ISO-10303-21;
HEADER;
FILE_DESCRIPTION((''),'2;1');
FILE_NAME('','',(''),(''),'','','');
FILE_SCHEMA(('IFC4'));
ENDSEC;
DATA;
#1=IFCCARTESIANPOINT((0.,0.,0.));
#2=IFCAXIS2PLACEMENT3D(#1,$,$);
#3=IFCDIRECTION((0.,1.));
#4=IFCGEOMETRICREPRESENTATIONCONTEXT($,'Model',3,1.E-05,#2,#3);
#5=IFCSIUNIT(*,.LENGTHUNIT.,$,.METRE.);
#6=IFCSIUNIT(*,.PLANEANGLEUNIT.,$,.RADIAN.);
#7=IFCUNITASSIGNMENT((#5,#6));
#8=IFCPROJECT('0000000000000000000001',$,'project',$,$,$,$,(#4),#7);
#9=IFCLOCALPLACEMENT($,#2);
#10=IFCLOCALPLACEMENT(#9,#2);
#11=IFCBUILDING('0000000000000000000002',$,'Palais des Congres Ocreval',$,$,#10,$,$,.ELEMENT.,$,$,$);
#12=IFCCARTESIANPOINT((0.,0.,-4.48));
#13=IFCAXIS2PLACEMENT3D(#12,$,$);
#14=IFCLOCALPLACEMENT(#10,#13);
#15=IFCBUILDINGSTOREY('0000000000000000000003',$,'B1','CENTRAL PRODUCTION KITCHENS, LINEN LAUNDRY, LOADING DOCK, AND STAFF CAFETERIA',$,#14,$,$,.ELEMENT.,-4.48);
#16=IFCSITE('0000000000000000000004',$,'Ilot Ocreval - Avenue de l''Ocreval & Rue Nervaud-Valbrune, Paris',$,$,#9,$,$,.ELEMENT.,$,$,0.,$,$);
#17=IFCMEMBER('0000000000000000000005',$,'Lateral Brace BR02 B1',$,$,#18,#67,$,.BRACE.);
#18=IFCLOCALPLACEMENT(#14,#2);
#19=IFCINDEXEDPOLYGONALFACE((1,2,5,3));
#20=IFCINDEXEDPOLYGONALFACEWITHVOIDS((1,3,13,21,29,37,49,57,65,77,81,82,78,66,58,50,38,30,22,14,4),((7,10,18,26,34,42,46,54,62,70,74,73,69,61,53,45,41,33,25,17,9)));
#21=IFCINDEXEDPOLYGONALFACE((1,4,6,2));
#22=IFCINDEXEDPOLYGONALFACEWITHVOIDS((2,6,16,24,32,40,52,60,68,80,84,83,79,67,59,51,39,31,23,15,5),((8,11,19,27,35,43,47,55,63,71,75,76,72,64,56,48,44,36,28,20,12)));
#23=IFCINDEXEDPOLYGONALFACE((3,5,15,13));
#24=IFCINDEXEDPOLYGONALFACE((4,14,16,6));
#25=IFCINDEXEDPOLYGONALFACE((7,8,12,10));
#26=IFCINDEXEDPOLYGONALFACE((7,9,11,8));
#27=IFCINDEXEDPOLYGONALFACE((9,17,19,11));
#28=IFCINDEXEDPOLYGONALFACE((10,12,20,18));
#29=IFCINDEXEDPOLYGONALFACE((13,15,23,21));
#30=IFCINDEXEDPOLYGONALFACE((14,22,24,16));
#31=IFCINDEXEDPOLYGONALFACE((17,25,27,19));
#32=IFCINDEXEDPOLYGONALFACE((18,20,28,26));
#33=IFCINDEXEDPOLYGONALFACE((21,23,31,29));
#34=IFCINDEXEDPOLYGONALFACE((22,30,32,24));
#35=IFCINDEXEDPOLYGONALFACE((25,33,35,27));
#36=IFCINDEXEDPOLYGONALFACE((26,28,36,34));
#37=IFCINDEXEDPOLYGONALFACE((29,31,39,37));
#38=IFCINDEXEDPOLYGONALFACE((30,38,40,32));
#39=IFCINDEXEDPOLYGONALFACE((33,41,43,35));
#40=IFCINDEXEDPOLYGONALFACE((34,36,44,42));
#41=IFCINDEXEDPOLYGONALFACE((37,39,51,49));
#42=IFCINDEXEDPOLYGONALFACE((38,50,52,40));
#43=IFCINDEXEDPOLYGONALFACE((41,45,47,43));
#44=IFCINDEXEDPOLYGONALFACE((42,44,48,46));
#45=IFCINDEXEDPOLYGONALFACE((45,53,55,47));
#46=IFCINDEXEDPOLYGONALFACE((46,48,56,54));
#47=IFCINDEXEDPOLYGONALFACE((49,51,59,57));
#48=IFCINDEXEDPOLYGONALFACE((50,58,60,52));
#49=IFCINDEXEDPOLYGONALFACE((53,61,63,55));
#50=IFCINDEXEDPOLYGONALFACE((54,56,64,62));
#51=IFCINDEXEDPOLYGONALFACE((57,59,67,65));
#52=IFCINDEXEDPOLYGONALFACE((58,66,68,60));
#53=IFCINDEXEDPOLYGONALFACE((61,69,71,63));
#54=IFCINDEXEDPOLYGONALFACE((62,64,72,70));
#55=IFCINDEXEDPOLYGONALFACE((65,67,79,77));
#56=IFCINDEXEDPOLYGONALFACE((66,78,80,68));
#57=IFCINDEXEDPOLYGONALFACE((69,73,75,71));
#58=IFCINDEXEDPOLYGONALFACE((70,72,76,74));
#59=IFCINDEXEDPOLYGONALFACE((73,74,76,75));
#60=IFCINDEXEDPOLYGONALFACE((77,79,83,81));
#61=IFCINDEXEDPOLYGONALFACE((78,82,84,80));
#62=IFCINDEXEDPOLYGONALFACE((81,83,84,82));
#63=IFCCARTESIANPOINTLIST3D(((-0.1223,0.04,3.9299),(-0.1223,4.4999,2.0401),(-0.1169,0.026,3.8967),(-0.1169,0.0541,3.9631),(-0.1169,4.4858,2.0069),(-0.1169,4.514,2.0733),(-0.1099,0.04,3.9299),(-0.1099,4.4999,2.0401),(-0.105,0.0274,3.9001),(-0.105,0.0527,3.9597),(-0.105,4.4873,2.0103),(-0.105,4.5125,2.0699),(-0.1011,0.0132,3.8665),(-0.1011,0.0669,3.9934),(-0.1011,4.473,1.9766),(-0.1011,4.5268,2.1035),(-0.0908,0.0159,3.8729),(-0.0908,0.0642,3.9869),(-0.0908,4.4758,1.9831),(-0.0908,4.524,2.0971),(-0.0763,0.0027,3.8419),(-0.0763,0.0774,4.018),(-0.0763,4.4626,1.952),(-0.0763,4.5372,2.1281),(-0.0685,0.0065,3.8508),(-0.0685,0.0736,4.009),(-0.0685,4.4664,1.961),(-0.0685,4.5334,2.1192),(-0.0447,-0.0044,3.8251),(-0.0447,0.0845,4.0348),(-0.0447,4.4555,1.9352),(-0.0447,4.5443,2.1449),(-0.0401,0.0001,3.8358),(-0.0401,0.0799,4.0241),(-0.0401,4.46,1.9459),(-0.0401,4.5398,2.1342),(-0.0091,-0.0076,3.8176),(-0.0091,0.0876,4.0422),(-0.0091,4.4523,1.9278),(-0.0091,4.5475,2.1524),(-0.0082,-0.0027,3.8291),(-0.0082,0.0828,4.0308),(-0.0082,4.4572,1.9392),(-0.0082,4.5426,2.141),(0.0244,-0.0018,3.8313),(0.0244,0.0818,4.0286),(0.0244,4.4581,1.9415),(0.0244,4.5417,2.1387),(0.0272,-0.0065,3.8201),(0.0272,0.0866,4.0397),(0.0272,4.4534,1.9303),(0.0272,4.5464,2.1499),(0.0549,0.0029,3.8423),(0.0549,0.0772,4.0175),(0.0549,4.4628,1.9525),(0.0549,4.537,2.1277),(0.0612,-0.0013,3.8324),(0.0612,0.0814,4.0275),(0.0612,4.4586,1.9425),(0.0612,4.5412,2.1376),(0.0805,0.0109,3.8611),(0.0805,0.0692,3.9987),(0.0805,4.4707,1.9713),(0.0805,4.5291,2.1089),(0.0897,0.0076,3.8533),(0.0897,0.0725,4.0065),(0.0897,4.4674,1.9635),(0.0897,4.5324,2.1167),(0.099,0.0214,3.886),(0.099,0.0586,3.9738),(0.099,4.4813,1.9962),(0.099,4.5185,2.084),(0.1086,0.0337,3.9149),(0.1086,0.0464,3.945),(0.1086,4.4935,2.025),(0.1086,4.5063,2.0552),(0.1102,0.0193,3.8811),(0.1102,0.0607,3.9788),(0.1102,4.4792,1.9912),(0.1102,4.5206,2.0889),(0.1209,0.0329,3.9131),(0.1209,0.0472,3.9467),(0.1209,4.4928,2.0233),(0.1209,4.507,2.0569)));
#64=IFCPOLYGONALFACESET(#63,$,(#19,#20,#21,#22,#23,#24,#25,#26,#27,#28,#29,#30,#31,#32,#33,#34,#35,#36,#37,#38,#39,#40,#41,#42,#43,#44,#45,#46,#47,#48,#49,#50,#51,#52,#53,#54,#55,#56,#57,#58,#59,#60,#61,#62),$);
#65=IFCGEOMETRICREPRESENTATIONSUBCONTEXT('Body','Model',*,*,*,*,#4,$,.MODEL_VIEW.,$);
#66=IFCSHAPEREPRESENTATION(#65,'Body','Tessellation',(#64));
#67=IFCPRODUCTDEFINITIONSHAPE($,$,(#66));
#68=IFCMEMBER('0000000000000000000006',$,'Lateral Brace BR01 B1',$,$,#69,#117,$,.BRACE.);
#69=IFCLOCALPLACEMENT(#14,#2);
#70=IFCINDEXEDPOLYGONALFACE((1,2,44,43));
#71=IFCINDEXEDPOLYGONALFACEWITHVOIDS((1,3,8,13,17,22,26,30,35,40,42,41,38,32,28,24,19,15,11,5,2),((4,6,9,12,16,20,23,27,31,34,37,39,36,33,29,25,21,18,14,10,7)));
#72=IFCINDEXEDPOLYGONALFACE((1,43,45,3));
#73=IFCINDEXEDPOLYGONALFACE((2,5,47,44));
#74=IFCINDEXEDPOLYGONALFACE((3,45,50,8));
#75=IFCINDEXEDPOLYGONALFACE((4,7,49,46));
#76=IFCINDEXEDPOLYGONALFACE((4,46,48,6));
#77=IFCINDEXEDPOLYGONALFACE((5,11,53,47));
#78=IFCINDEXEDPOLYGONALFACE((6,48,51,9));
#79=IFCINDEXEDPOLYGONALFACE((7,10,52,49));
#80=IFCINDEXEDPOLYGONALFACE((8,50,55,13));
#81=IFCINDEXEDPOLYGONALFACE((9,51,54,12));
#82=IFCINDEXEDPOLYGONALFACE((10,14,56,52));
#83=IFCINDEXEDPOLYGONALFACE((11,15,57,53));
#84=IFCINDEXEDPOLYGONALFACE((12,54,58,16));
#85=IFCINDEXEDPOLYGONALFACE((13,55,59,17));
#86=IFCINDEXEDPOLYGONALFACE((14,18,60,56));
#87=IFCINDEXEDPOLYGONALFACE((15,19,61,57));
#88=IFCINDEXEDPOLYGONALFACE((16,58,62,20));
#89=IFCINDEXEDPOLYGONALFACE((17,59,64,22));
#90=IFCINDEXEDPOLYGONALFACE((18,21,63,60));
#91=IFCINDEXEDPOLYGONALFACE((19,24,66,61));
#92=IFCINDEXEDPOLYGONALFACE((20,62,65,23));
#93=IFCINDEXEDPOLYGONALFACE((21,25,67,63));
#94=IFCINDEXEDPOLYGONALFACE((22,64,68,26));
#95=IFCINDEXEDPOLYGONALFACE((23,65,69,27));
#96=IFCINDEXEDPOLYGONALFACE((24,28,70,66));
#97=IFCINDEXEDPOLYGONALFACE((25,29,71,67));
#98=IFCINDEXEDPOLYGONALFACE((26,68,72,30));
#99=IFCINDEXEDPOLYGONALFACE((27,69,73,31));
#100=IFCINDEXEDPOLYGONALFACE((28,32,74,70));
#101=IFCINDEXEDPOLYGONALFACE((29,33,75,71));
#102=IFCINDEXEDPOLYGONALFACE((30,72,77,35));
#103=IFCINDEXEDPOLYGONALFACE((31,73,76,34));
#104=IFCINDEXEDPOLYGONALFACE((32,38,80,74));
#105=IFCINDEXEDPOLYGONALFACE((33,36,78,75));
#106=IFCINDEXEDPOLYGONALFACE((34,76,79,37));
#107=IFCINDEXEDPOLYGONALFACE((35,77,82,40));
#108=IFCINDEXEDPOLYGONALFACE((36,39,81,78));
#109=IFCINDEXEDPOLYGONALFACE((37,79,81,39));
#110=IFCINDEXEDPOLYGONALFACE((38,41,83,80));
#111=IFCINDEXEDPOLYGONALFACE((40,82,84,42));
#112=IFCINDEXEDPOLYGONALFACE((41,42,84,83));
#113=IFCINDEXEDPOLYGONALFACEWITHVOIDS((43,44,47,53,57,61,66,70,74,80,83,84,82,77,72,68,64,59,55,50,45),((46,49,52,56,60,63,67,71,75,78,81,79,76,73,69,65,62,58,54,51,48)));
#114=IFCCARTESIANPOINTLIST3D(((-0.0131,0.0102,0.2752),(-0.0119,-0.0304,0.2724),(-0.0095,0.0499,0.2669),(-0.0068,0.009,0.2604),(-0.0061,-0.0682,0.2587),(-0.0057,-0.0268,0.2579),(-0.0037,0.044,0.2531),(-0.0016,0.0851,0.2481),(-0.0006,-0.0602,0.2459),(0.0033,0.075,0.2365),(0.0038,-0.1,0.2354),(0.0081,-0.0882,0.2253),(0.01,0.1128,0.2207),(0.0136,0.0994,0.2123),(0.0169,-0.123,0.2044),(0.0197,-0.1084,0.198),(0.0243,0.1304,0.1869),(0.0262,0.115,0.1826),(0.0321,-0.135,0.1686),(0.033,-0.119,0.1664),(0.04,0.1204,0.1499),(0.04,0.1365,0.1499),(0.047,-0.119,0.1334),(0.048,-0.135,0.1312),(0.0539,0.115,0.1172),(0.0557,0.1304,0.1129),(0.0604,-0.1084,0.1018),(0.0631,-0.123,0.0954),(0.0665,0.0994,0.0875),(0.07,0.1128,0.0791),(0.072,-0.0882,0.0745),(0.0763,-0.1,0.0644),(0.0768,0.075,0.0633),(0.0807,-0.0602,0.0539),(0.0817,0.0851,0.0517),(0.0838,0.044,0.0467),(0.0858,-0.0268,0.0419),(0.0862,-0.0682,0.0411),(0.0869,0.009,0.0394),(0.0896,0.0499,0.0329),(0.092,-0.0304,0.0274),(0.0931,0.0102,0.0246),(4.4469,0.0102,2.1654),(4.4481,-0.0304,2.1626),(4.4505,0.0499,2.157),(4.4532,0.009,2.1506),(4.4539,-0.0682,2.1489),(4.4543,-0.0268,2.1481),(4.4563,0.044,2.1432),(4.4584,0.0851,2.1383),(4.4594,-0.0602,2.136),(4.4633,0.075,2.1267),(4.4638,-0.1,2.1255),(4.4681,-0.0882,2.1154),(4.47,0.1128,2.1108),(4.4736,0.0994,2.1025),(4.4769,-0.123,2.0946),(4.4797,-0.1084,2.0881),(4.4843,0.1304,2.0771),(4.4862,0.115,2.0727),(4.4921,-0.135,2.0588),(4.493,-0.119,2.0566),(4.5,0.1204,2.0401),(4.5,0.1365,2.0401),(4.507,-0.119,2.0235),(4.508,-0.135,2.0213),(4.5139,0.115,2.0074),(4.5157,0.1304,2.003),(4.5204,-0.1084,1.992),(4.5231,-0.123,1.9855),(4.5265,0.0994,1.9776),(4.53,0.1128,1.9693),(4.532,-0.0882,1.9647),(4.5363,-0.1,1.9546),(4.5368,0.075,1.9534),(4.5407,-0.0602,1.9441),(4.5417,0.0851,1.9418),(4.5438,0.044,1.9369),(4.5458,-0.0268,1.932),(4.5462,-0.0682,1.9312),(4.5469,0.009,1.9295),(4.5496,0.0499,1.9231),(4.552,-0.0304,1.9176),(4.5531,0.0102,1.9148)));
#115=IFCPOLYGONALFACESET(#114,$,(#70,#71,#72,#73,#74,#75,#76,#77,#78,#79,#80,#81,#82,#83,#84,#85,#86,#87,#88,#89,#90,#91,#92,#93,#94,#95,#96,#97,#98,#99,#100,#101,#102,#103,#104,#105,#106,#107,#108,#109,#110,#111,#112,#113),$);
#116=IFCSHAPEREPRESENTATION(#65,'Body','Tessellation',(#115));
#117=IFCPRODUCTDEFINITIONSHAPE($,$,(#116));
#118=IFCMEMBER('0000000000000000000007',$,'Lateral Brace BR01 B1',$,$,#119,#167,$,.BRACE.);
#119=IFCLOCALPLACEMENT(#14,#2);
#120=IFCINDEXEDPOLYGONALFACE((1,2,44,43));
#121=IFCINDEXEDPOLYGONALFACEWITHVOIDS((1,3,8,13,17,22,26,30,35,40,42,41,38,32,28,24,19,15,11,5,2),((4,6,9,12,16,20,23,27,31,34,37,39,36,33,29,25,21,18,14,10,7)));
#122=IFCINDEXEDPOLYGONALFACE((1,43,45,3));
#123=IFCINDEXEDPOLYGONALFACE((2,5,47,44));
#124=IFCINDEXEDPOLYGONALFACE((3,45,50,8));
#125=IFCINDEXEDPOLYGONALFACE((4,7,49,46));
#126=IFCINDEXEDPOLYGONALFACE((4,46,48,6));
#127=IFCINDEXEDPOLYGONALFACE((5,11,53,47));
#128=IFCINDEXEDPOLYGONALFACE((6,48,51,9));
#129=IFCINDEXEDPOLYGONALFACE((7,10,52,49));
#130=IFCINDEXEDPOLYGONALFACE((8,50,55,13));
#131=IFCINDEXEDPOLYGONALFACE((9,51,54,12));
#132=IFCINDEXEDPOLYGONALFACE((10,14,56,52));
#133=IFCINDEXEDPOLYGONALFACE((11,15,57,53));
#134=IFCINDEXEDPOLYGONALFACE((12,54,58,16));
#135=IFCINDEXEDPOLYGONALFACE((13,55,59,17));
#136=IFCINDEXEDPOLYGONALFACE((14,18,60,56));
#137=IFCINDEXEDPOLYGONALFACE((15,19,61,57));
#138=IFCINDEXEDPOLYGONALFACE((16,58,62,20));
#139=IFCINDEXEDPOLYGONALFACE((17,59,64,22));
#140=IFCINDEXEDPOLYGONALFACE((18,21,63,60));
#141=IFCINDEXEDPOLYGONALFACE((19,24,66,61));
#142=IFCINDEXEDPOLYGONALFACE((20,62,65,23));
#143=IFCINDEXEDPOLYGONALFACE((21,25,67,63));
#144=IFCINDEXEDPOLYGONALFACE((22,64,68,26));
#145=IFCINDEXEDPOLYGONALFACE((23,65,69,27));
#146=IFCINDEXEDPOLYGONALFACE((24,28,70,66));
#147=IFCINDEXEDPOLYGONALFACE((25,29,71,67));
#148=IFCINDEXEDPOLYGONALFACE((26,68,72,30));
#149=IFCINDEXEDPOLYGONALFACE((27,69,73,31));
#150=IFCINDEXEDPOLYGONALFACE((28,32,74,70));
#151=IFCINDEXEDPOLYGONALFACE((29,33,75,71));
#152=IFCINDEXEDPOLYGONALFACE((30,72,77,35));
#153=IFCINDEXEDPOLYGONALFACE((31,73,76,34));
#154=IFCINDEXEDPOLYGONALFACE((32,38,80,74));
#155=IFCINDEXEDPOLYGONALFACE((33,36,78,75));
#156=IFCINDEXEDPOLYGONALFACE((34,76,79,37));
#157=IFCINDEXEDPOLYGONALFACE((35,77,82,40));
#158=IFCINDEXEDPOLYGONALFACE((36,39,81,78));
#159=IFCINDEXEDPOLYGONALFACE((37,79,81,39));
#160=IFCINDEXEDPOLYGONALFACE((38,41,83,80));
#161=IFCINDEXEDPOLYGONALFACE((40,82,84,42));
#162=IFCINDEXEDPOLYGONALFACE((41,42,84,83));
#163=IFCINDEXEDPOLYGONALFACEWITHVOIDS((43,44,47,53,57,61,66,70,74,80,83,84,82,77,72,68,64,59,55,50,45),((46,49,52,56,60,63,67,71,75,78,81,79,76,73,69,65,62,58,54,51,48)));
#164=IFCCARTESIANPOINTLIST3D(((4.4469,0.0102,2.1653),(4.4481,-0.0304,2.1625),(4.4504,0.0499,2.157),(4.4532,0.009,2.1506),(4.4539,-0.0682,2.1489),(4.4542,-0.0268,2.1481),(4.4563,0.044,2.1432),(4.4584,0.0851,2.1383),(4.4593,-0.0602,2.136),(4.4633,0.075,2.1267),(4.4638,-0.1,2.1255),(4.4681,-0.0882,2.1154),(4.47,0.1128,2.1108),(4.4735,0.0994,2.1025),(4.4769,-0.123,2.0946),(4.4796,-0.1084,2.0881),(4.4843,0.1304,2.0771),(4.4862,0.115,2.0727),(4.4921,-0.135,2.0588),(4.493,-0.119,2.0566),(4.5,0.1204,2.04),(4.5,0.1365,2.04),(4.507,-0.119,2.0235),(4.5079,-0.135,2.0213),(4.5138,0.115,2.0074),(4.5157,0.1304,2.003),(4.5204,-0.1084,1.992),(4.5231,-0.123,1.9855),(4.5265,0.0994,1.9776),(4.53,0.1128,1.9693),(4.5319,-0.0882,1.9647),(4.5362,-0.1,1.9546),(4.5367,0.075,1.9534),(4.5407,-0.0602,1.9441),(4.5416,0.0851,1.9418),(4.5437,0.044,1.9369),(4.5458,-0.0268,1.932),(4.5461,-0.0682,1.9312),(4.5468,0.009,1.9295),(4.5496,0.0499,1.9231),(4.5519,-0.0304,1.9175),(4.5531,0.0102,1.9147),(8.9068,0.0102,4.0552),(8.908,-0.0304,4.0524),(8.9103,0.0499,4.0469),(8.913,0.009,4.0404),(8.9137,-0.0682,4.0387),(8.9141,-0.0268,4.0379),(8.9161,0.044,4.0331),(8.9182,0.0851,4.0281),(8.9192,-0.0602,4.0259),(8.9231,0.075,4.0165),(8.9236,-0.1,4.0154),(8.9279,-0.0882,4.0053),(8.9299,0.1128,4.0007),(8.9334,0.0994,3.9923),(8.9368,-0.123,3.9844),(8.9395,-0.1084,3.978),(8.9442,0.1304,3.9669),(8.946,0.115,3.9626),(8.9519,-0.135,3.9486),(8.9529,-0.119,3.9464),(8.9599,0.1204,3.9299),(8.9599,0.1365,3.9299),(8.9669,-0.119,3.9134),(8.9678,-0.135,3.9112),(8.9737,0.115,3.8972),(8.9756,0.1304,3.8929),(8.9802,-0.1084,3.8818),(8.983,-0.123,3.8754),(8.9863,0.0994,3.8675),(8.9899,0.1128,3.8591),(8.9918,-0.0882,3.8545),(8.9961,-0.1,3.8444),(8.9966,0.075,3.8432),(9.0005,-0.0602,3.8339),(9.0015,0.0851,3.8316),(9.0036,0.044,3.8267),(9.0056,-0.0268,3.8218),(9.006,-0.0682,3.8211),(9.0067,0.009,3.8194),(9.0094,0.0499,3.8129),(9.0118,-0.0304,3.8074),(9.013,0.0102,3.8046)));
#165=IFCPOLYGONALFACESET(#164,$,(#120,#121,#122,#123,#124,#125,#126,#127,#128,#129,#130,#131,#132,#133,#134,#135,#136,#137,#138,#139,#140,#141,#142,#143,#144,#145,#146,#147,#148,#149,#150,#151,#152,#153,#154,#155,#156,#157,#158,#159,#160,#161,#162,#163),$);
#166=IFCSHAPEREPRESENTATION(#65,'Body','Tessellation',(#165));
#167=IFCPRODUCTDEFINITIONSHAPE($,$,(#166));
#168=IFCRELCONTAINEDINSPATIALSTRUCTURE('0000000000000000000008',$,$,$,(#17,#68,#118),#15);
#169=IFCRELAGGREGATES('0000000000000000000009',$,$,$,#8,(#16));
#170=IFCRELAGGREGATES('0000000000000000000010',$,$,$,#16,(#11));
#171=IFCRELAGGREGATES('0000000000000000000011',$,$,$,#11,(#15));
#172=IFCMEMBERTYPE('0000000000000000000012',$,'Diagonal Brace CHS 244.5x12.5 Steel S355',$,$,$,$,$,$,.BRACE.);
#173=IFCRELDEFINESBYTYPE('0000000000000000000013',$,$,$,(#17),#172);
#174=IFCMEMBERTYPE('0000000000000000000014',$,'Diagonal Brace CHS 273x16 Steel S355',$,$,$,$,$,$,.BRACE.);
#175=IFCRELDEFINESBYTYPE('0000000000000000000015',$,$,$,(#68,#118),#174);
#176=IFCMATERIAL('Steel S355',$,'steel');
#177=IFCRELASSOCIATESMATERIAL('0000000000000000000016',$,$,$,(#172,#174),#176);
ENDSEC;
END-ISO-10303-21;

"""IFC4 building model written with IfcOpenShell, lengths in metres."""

from ifc_helpers import new_model, si_unit, direction, frame, origin, origin_2d, place, context, subcontext, project, spatial, hollow_circle, extrude, material, material_profile, profile_set, type_object, element, save


model = new_model("IFC4")

# Units and contexts
model_context = context("Model", 3, precision=1e-05, world=origin(), true_north=direction((0.0, 1.0)))
body_context = subcontext(model_context, "Body", "Model", "MODEL_VIEW")
ifc_project = project(units=[si_unit("LENGTHUNIT", "METRE"), si_unit("PLANEANGLEUNIT", "RADIAN")], contexts=[model_context])

# Site, building, storey
site_placement = place(None, origin())
site = spatial("IfcSite", under=ifc_project, at=site_placement, Name="Ilot Ocreval - Avenue de l'Ocreval & Rue Nervaud-Valbrune, Paris", CompositionType="ELEMENT", RefElevation=0.0)
building_placement = place(site_placement, origin())
building = spatial("IfcBuilding", under=site, at=building_placement, Name="Palais des Congres Ocreval", CompositionType="ELEMENT")
storey_placement = place(building_placement, frame((0.0, 0.0, -4.48)))
storey = spatial("IfcBuildingStorey", under=building, at=storey_placement, Name="B1", Description="CENTRAL PRODUCTION KITCHENS, LINEN LAUNDRY, LOADING DOCK, AND STAFF CAFETERIA", CompositionType="ELEMENT", Elevation=-4.48)

# Members
ifc_material_1 = material(Name="Steel S355", Category="steel")
ifc_material_profile_1 = material_profile(ifc_material_1, hollow_circle(Radius=0.1223, WallThickness=0.0125, at=origin_2d()), Name="CHS 244.5x12.5")
ifc_profile_set_1 = profile_set([ifc_material_profile_1], Name="Steel S355")
member_type_1 = type_object("IfcMemberType", Name="Diagonal Brace CHS 244.5x12.5 Steel S355", PredefinedType="BRACE", material=ifc_profile_set_1)
member_1_placement = place(storey_placement, frame((0.0, 0.04, 3.9299), z_axis=(0.0, 0.920746, -0.390163), x_axis=(-1.0, 0.0, 0.0)))
element("IfcMember", 1, at=member_1_placement, inside=storey, type_object=member_type_1, Name="Lateral Brace BR02 B1", PredefinedType="BRACE", context=body_context, shape_type="SweptSolid", body=[
    extrude(hollow_circle(Radius=0.1223, WallThickness=0.0125, at=origin_2d()), origin(), (0.0, 0.0, 1.0), 4.8438),
])
ifc_material_profile_2 = material_profile(ifc_material_1, hollow_circle(Radius=0.1365, WallThickness=0.0161, at=origin_2d()), Name="CHS 273x16")
ifc_profile_set_2 = profile_set([ifc_material_profile_2], Name="Steel S355")
member_type_2 = type_object("IfcMemberType", Name="Diagonal Brace CHS 273x16 Steel S355", PredefinedType="BRACE", material=ifc_profile_set_2)
member_2_placement = place(storey_placement, frame((0.04, 0.0, 0.1499), z_axis=(0.920728, 0.0, 0.390206), x_axis=(0.0, 1.0, 0.0)))
element("IfcMember", 2, at=member_2_placement, inside=storey, type_object=member_type_2, Name="Lateral Brace BR01 B1", PredefinedType="BRACE", context=body_context, shape_type="SweptSolid", body=[
    extrude(hollow_circle(Radius=0.1365, WallThickness=0.0161, at=origin_2d()), origin(), (0.0, 0.0, 1.0), 4.844),
])
member_3_placement = place(storey_placement, frame((4.5, 0.0, 2.04), z_axis=(0.920746, 0.0, 0.390163), x_axis=(0.0, 1.0, 0.0)))
element("IfcMember", 3, at=member_3_placement, inside=storey, type_object=member_type_2, Name="Lateral Brace BR01 B1", PredefinedType="BRACE", context=body_context, shape_type="SweptSolid", body=[
    extrude(hollow_circle(Radius=0.1365, WallThickness=0.0161, at=origin_2d()), origin(), (0.0, 0.0, 1.0), 4.8438),
])

save(model, "model.ifc")
